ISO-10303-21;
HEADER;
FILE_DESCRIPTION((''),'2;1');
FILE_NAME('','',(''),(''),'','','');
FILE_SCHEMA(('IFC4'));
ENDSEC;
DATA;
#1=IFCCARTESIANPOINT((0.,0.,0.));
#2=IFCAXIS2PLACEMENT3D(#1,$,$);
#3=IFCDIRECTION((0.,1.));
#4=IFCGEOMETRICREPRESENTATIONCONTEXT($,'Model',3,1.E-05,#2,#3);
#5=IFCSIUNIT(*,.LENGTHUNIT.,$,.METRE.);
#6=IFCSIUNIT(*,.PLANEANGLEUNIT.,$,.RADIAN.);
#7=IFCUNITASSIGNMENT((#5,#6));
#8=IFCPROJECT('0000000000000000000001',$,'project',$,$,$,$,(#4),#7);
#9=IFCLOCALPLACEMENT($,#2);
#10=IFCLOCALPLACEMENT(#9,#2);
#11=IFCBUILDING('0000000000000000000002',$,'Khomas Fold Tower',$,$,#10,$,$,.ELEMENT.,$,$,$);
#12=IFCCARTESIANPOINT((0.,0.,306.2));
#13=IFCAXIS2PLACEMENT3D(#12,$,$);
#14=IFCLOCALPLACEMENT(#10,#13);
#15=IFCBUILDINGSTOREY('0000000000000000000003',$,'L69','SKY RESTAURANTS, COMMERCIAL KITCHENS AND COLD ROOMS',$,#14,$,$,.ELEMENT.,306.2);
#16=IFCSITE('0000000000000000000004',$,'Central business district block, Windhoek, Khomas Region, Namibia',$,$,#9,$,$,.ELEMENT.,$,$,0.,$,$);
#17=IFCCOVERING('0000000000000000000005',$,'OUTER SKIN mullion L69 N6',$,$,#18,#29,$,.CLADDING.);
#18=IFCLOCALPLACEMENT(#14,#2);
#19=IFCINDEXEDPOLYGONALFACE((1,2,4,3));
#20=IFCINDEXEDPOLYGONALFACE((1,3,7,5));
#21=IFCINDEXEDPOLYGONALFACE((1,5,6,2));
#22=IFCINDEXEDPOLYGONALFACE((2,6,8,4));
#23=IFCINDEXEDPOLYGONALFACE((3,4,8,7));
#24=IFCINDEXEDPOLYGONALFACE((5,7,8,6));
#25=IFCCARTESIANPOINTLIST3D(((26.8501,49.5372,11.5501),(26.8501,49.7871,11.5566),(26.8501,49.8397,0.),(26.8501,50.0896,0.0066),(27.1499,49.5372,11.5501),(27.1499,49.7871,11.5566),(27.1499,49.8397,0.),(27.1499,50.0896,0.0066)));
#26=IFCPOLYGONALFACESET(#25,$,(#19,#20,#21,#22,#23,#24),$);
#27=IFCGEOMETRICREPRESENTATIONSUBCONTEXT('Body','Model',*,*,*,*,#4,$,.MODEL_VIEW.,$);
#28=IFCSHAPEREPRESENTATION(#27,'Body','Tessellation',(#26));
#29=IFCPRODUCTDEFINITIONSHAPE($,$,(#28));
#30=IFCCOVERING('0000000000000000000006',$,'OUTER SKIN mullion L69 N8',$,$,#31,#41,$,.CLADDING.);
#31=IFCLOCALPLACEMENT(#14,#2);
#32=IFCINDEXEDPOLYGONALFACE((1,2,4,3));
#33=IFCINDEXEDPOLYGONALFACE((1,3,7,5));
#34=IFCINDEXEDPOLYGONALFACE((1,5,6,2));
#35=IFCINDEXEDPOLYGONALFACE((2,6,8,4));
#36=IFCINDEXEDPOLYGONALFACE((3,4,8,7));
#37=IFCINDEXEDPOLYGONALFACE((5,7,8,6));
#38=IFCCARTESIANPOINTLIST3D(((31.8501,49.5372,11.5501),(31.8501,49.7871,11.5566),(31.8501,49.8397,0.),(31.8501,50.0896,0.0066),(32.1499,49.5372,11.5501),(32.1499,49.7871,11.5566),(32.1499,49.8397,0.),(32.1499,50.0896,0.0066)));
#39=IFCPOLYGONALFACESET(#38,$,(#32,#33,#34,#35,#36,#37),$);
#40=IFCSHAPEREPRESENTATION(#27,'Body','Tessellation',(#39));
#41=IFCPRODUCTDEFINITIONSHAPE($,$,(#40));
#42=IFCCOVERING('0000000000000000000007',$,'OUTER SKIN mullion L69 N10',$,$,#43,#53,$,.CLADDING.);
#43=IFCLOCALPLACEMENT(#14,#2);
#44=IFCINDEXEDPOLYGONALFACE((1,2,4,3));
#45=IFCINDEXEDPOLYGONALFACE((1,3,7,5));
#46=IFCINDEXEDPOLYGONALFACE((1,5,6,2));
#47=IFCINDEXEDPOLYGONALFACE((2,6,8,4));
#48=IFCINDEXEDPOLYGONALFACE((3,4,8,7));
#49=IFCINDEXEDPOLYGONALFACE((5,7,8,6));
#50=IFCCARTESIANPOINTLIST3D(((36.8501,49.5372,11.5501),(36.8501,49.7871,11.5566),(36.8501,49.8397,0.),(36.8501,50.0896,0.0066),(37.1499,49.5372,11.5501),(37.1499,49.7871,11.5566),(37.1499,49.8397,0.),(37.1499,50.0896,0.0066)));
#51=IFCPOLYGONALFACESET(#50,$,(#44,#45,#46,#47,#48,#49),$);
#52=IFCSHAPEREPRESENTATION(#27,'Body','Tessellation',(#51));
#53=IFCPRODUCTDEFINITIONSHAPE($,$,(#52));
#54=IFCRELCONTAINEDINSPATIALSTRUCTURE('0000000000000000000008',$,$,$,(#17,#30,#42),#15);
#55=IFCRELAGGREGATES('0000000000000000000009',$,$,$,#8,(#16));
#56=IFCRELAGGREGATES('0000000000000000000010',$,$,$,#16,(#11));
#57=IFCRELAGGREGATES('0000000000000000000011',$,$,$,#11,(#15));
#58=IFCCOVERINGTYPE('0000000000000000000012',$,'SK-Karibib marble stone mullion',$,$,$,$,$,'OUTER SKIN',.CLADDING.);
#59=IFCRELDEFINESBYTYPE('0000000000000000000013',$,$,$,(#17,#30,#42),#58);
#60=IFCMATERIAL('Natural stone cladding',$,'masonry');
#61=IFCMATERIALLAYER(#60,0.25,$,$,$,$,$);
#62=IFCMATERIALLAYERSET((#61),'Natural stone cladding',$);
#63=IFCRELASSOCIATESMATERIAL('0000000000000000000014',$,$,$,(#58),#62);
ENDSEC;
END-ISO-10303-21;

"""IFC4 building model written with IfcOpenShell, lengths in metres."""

from ifc_helpers import new_model, si_unit, direction, frame, origin, place, context, subcontext, project, spatial, polyline, outline, extrude, material, layer, layer_set, type_object, element, save


model = new_model("IFC4")

# Units and contexts
model_context = context("Model", 3, precision=1e-05, world=origin(), true_north=direction((0.0, 1.0)))
body_context = subcontext(model_context, "Body", "Model", "MODEL_VIEW")
ifc_project = project(units=[si_unit("LENGTHUNIT", "METRE"), si_unit("PLANEANGLEUNIT", "RADIAN")], contexts=[model_context])

# Site, building, storey
site_placement = place(None, origin())
site = spatial("IfcSite", under=ifc_project, at=site_placement, Name="Central business district block, Windhoek, Khomas Region, Namibia", CompositionType="ELEMENT", RefElevation=0.0)
building_placement = place(site_placement, origin())
building = spatial("IfcBuilding", under=site, at=building_placement, Name="Khomas Fold Tower", CompositionType="ELEMENT")
storey_placement = place(building_placement, frame((0.0, 0.0, 306.2)))
storey = spatial("IfcBuildingStorey", under=building, at=storey_placement, Name="L69", Description="SKY RESTAURANTS, COMMERCIAL KITCHENS AND COLD ROOMS", CompositionType="ELEMENT", Elevation=306.2)

# Coverings
ifc_material_1 = material(Name="Natural stone cladding", Category="masonry")
ifc_layer_1 = layer(ifc_material_1, 0.25)
ifc_layer_set_1 = layer_set([ifc_layer_1], Name="Natural stone cladding")
covering_type = type_object("IfcCoveringType", Name="SK-Karibib marble stone mullion", ElementType="OUTER SKIN", PredefinedType="CLADDING", material=ifc_layer_set_1)
for number, where, z_axis, x_axis, name in (
    (1, (26.8501, 50.0896, 0.0066), (0.0, 0.999657, 0.026181), (1.0, 0.0, 0.0), "OUTER SKIN mullion L69 N6"),
    (2, (31.8501, 50.0896, 0.0066), (0.0, 0.999657, 0.026181), (1.0, 0.0, 0.0), "OUTER SKIN mullion L69 N8"),
    (3, (36.8501, 50.0896, 0.0066), (0.0, 0.999657, 0.026181), (1.0, 0.0, 0.0), "OUTER SKIN mullion L69 N10"),
):
    element("IfcCovering", number, at=place(storey_placement, frame(where, z_axis=z_axis, x_axis=x_axis)), inside=storey, type_object=covering_type, Name=name, PredefinedType="CLADDING", context=body_context, shape_type="SweptSolid", body=[
        extrude(outline(polyline([(0.0, 0.0), (0.2998, 0.0), (0.2998, -11.554), (0.0, -11.554), (0.0, 0.0)])), origin(), (0.0, 0.0, -1.0), 0.25),
    ])

save(model, "model.ifc")
